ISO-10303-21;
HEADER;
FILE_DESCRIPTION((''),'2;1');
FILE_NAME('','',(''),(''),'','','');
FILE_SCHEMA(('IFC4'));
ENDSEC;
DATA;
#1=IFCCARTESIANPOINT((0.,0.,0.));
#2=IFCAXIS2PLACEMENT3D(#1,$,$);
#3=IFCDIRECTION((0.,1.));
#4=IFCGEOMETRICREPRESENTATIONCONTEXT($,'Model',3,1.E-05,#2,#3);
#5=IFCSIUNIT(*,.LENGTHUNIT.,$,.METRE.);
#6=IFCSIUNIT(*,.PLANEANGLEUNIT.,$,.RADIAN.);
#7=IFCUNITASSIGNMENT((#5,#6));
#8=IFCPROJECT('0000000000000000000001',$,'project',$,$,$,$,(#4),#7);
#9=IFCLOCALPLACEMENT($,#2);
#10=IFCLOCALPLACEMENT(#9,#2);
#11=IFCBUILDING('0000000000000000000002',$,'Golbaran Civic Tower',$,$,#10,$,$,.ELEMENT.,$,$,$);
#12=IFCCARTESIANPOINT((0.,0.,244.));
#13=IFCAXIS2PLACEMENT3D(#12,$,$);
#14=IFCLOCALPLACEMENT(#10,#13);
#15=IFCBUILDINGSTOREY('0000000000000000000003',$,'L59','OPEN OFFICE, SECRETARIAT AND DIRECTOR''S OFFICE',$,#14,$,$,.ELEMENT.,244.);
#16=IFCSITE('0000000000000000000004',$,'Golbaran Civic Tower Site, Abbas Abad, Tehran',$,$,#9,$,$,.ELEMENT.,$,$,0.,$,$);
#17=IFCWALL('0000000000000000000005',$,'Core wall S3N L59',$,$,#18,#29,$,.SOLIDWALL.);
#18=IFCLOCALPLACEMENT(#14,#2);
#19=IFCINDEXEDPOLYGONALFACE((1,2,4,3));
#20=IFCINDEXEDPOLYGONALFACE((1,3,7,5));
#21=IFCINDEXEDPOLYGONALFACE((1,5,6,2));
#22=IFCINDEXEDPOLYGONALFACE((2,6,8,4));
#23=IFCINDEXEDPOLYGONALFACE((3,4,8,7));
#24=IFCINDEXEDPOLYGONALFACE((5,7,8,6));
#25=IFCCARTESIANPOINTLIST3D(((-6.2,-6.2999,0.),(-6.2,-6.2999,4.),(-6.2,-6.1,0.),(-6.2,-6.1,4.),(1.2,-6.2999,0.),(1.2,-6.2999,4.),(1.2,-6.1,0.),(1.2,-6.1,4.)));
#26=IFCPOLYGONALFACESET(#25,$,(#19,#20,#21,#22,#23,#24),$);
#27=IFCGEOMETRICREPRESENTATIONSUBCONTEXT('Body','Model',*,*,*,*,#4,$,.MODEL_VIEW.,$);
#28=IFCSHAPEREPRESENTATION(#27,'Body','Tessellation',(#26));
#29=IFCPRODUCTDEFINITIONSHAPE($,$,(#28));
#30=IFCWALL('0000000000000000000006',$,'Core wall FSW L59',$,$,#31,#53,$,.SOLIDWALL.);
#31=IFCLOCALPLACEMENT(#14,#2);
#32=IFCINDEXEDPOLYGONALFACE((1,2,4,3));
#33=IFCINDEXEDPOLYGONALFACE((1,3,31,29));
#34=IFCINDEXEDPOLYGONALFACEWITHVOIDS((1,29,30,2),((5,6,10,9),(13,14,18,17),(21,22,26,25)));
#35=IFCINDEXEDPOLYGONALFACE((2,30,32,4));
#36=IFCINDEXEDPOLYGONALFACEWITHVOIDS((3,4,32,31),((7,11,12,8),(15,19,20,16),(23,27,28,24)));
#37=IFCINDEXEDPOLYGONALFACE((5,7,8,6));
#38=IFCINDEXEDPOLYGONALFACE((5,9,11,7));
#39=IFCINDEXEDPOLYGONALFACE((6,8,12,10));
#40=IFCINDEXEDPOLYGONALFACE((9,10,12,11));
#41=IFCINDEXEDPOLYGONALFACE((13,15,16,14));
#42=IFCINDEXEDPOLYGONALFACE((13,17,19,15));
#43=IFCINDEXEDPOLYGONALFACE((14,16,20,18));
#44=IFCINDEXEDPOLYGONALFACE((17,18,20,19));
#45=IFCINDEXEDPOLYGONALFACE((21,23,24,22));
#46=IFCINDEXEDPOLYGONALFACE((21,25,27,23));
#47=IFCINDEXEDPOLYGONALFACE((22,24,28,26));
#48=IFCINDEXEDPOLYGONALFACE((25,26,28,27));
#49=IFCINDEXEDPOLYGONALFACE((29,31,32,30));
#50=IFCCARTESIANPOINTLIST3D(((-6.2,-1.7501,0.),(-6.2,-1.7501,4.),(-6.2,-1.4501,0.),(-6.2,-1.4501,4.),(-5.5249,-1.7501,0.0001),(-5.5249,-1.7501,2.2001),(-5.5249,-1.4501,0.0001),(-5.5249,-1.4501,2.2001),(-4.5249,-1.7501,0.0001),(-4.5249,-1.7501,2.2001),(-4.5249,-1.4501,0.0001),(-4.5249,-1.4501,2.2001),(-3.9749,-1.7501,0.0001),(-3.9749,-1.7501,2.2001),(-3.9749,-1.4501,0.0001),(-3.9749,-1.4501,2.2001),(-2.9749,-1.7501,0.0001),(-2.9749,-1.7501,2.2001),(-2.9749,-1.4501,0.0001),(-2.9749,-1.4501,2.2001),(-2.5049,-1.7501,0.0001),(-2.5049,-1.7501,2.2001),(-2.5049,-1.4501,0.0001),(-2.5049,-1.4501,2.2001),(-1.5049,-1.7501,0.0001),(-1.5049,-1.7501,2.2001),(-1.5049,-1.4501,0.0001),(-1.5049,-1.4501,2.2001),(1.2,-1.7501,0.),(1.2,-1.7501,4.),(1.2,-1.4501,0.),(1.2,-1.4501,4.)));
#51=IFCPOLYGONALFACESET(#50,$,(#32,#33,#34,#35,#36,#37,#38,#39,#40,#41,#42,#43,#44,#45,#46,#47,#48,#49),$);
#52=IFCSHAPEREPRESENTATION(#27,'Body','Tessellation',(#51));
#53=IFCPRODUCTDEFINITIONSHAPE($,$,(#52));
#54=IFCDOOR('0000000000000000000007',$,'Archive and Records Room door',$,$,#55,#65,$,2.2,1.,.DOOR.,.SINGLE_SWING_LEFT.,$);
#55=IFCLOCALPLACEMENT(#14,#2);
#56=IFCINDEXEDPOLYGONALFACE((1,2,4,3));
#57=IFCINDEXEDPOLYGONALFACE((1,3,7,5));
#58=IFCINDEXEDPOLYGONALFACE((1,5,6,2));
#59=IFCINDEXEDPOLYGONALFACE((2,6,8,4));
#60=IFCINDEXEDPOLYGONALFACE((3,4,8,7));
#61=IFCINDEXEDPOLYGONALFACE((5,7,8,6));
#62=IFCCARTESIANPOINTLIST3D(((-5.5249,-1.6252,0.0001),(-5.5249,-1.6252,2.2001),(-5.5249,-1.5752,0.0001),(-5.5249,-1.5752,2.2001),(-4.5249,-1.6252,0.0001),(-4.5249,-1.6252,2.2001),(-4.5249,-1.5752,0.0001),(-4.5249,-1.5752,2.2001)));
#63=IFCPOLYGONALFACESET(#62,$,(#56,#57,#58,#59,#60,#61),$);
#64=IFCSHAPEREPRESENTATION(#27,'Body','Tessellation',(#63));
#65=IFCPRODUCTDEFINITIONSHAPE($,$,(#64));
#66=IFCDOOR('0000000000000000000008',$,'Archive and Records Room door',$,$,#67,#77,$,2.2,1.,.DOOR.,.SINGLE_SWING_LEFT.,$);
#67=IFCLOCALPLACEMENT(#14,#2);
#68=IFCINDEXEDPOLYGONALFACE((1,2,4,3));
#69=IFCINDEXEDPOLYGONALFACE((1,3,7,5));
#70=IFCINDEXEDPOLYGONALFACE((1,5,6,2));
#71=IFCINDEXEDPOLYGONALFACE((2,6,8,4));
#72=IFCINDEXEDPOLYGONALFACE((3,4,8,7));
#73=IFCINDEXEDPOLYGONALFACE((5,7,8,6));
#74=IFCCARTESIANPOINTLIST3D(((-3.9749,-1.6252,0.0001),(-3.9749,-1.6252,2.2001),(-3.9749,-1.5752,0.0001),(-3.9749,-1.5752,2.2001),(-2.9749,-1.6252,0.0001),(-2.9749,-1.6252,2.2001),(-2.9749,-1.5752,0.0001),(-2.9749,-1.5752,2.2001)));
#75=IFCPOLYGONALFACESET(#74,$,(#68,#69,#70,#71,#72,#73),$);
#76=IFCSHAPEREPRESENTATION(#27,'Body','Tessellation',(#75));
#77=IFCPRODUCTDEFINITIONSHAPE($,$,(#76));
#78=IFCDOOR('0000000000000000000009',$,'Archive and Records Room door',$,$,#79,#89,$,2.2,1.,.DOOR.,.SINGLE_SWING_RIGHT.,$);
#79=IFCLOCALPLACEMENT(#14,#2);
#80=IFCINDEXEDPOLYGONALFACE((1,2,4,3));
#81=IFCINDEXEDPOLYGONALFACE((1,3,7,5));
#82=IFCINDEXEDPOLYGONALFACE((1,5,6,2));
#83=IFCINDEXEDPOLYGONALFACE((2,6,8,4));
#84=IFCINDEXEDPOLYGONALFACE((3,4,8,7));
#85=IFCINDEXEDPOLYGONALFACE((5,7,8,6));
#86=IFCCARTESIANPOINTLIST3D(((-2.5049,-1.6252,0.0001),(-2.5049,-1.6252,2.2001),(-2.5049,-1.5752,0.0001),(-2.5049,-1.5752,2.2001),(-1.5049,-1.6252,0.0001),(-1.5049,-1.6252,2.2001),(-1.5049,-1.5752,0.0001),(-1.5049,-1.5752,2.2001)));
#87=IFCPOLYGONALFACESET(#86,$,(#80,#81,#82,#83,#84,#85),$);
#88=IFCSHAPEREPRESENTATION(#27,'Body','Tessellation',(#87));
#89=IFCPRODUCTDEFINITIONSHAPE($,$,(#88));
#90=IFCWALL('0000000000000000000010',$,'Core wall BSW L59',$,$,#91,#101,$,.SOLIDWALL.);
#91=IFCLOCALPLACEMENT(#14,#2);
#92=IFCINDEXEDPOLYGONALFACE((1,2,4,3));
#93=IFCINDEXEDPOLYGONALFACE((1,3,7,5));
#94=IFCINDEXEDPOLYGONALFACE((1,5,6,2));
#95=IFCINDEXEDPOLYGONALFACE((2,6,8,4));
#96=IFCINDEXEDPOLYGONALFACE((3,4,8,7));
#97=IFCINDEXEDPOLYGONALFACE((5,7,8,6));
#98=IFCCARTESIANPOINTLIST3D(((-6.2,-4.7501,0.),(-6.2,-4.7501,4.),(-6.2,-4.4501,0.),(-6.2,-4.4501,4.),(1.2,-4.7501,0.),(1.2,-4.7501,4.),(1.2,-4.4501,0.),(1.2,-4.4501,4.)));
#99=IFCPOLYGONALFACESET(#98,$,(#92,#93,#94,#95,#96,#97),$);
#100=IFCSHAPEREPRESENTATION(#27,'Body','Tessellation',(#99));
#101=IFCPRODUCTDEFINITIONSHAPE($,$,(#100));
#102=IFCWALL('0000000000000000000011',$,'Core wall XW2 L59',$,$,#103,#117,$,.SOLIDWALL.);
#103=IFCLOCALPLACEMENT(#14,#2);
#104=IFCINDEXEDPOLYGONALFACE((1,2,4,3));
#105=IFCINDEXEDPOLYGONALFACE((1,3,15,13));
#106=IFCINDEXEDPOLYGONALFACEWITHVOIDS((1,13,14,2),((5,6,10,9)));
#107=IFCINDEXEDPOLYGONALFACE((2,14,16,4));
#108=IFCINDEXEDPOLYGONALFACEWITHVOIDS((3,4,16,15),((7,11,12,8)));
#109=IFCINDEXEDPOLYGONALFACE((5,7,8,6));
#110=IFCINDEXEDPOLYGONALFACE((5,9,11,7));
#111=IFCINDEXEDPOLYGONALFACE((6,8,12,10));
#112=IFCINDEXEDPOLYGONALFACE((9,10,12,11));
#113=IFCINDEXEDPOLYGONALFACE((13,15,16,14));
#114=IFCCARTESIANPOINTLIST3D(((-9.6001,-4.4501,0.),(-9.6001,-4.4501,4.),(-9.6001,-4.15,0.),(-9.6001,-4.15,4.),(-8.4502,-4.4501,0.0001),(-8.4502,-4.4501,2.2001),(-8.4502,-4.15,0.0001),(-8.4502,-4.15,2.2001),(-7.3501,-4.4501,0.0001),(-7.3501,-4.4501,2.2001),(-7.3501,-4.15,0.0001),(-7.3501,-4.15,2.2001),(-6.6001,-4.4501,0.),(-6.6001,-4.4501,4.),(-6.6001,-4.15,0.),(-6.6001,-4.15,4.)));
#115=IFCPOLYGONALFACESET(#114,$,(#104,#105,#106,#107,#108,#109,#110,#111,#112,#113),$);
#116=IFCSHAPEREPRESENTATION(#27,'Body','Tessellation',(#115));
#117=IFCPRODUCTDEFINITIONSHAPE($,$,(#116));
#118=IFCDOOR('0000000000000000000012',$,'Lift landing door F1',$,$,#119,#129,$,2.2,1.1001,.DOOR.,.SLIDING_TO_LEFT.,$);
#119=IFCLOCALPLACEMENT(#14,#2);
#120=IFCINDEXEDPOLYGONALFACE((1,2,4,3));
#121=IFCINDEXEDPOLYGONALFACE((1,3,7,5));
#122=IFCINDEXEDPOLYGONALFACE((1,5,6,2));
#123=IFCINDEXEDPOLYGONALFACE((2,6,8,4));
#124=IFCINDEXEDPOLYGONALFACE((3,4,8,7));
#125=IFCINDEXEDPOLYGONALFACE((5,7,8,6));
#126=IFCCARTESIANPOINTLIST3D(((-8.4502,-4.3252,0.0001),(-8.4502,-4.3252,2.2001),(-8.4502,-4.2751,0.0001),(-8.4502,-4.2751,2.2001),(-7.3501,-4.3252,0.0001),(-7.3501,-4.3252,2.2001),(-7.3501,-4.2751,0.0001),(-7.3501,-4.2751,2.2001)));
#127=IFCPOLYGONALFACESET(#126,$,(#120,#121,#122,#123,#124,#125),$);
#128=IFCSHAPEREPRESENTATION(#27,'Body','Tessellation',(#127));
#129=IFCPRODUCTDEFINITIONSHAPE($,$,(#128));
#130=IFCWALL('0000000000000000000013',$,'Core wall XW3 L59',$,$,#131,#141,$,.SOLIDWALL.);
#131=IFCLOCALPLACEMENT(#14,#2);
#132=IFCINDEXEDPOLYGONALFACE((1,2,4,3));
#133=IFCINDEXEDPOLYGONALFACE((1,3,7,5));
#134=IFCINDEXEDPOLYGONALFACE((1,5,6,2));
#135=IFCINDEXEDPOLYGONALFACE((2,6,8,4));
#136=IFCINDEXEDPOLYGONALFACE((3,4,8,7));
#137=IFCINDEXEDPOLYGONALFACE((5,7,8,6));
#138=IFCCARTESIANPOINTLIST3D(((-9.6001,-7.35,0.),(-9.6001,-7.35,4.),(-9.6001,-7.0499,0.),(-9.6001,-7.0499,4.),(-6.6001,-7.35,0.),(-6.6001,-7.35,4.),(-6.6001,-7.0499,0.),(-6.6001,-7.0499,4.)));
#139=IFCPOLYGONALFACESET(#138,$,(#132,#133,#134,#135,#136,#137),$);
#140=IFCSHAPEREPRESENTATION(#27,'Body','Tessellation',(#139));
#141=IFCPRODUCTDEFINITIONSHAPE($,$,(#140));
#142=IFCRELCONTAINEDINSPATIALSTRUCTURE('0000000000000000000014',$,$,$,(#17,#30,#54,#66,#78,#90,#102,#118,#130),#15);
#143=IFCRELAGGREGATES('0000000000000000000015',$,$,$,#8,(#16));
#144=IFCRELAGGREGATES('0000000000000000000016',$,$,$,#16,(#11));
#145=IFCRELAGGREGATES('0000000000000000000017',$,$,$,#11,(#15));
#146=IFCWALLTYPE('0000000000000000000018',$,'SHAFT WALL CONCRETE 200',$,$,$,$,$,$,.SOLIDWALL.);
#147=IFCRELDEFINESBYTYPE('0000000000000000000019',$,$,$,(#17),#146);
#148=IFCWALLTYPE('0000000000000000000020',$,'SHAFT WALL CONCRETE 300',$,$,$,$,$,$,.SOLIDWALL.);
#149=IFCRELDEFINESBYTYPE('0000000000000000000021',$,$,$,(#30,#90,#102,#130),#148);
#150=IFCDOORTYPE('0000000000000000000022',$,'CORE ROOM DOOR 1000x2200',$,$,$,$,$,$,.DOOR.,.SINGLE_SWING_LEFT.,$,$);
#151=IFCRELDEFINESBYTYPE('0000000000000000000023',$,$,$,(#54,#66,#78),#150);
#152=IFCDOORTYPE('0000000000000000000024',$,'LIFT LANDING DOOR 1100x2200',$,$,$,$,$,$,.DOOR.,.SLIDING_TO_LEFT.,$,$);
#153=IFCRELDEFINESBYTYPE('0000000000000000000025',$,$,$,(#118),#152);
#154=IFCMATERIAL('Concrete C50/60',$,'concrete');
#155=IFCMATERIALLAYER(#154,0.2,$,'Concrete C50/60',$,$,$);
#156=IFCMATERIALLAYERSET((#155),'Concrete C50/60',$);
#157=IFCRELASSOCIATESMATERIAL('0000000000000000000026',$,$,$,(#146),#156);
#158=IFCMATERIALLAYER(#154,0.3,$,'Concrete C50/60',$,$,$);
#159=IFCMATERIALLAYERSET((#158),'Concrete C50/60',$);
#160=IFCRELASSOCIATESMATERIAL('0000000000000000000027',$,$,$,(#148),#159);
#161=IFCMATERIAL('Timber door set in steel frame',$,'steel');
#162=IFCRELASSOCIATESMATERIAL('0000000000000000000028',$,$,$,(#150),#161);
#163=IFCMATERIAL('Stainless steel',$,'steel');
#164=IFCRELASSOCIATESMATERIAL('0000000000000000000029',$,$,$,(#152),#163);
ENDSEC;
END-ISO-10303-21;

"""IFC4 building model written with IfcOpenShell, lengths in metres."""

from ifc_helpers import new_model, si_unit, direction, frame, frame_2d, origin, place, context, subcontext, project, spatial, rectangle, extrude, material, layer, layer_set, type_object, element, fill, save


model = new_model("IFC4")

# Units and contexts
model_context = context("Model", 3, precision=1e-05, world=origin(), true_north=direction((0.0, 1.0)))
body_context = subcontext(model_context, "Body", "Model", "MODEL_VIEW")
ifc_project = project(units=[si_unit("LENGTHUNIT", "METRE"), si_unit("PLANEANGLEUNIT", "RADIAN")], contexts=[model_context])

# Site, building, storey
site_placement = place(None, origin())
site = spatial("IfcSite", under=ifc_project, at=site_placement, Name="Golbaran Civic Tower Site, Abbas Abad, Tehran", CompositionType="ELEMENT", RefElevation=0.0)
building_placement = place(site_placement, origin())
building = spatial("IfcBuilding", under=site, at=building_placement, Name="Golbaran Civic Tower", CompositionType="ELEMENT")
storey_placement = place(building_placement, frame((0.0, 0.0, 244.0)))
storey = spatial("IfcBuildingStorey", under=building, at=storey_placement, Name="L59", Description="OPEN OFFICE, SECRETARIAT AND DIRECTOR'S OFFICE", CompositionType="ELEMENT", Elevation=244.0)

# Shared definitions
ifc_material_1 = material(Name="Concrete C50/60", Category="concrete")
ifc_material_2 = material(Name="Timber door set in steel frame", Category="steel")

# Wall
ifc_layer_1 = layer(ifc_material_1, 0.2, Name="Concrete C50/60")
ifc_layer_set_1 = layer_set([ifc_layer_1], Name="Concrete C50/60")
wall_type_1 = type_object("IfcWallType", Name="SHAFT WALL CONCRETE 200", PredefinedType="SOLIDWALL", material=ifc_layer_set_1)
wall_1_placement = place(storey_placement, frame((-6.2, -6.2, 0.0), z_axis=(0.0, 0.0, 1.0), x_axis=(1.0, 0.0, 0.0)))
element("IfcWall", 1, at=wall_1_placement, inside=storey, type_object=wall_type_1, Name="Core wall S3N L59", PredefinedType="SOLIDWALL", context=body_context, shape_type="SweptSolid", body=[
    extrude(rectangle(XDim=7.3999, YDim=0.2, at=frame_2d((3.7, 0.0))), origin(), (0.0, 0.0, 1.0), 4.0),
])

# Wall, openings, doors
ifc_layer_2 = layer(ifc_material_1, 0.3, Name="Concrete C50/60")
ifc_layer_set_2 = layer_set([ifc_layer_2], Name="Concrete C50/60")
wall_type_2 = type_object("IfcWallType", Name="SHAFT WALL CONCRETE 300", PredefinedType="SOLIDWALL", material=ifc_layer_set_2)
wall_2_placement = place(storey_placement, frame((-6.2, -1.6001, 0.0), z_axis=(0.0, 0.0, 1.0), x_axis=(1.0, 0.0, 0.0)))
wall_2 = element("IfcWall", 2, at=wall_2_placement, inside=storey, type_object=wall_type_2, Name="Core wall FSW L59", PredefinedType="SOLIDWALL", context=body_context, shape_type="SweptSolid", body=[
    extrude(rectangle(XDim=7.3999, YDim=0.3, at=frame_2d((3.7, 0.0))), origin(), (0.0, 0.0, 1.0), 4.0),
])
opening_1_placement = place(wall_2_placement, frame((0.675, 0.0, 0.0)))
opening_1 = element("IfcOpeningElement", 3, at=opening_1_placement, cuts=wall_2, PredefinedType="OPENING", context=body_context, shape_type="SweptSolid", body=[
    extrude(rectangle(XDim=1.0, YDim=2.2, at=frame_2d((0.5, 1.1001))), frame((0.0, 0.1599, 0.0), z_axis=(0.0, -1.0, 0.0), x_axis=(1.0, 0.0, 0.0)), (0.0, 0.0, 1.0), 0.3201),
])
opening_2_placement = place(wall_2_placement, frame((2.2251, 0.0, 0.0)))
opening_2 = element("IfcOpeningElement", 4, at=opening_2_placement, cuts=wall_2, PredefinedType="OPENING", context=body_context, shape_type="SweptSolid", body=[
    extrude(rectangle(XDim=1.0, YDim=2.2, at=frame_2d((0.5, 1.1001))), frame((0.0, 0.1599, 0.0), z_axis=(0.0, -1.0, 0.0), x_axis=(1.0, 0.0, 0.0)), (0.0, 0.0, 1.0), 0.3201),
])
opening_3_placement = place(wall_2_placement, frame((3.6951, 0.0, 0.0)))
opening_3 = element("IfcOpeningElement", 5, at=opening_3_placement, cuts=wall_2, PredefinedType="OPENING", context=body_context, shape_type="SweptSolid", body=[
    extrude(rectangle(XDim=1.0, YDim=2.2, at=frame_2d((0.5, 1.1001))), frame((0.0, 0.1599, 0.0), z_axis=(0.0, -1.0, 0.0), x_axis=(1.0, 0.0, 0.0)), (0.0, 0.0, 1.0), 0.3201),
])
door_type_1 = type_object("IfcDoorType", Name="CORE ROOM DOOR 1000x2200", OperationType="SINGLE_SWING_LEFT", PredefinedType="DOOR", material=ifc_material_2)
door_1_placement = place(opening_1_placement, origin())
door_1 = element("IfcDoor", 6, at=door_1_placement, inside=storey, type_object=door_type_1, Name="Archive and Records Room door", OperationType="SINGLE_SWING_LEFT", OverallHeight=2.2, OverallWidth=1.0, PredefinedType="DOOR", context=body_context, shape_type="SweptSolid", body=[
    extrude(rectangle(XDim=1.0, YDim=2.2, at=frame_2d((0.5, 1.1001))), frame((0.0, 0.0249, 0.0), z_axis=(0.0, -1.0, 0.0), x_axis=(1.0, 0.0, 0.0)), (0.0, 0.0, 1.0), 0.05),
])
fill(opening_1, door_1)
door_2_placement = place(opening_2_placement, origin())
door_2 = element("IfcDoor", 7, at=door_2_placement, inside=storey, type_object=door_type_1, Name="Archive and Records Room door", OperationType="SINGLE_SWING_LEFT", OverallHeight=2.2, OverallWidth=1.0, PredefinedType="DOOR", context=body_context, shape_type="SweptSolid", body=[
    extrude(rectangle(XDim=1.0, YDim=2.2, at=frame_2d((0.5, 1.1001))), frame((0.0, 0.0249, 0.0), z_axis=(0.0, -1.0, 0.0), x_axis=(1.0, 0.0, 0.0)), (0.0, 0.0, 1.0), 0.05),
])
fill(opening_2, door_2)
door_3_placement = place(opening_3_placement, origin())
door_3 = element("IfcDoor", 8, at=door_3_placement, inside=storey, type_object=door_type_1, Name="Archive and Records Room door", OperationType="SINGLE_SWING_RIGHT", OverallHeight=2.2, OverallWidth=1.0, PredefinedType="DOOR", context=body_context, shape_type="SweptSolid", body=[
    extrude(rectangle(XDim=1.0, YDim=2.2, at=frame_2d((0.5, 1.1001))), frame((0.0, 0.0249, 0.0), z_axis=(0.0, -1.0, 0.0), x_axis=(1.0, 0.0, 0.0)), (0.0, 0.0, 1.0), 0.05),
])
fill(opening_3, door_3)

# Wall
wall_3_placement = place(storey_placement, frame((-6.2, -4.6001, 0.0), z_axis=(0.0, 0.0, 1.0), x_axis=(1.0, 0.0, 0.0)))
element("IfcWall", 9, at=wall_3_placement, inside=storey, type_object=wall_type_2, Name="Core wall BSW L59", PredefinedType="SOLIDWALL", context=body_context, shape_type="SweptSolid", body=[
    extrude(rectangle(XDim=7.3999, YDim=0.3, at=frame_2d((3.7, 0.0))), origin(), (0.0, 0.0, 1.0), 4.0),
])

# Wall, opening, door
wall_4_placement = place(storey_placement, frame((-9.6001, -4.3, 0.0), z_axis=(0.0, 0.0, 1.0), x_axis=(1.0, 0.0, 0.0)))
wall_4 = element("IfcWall", 10, at=wall_4_placement, inside=storey, type_object=wall_type_2, Name="Core wall XW2 L59", PredefinedType="SOLIDWALL", context=body_context, shape_type="SweptSolid", body=[
    extrude(rectangle(XDim=3.0, YDim=0.3, at=frame_2d((1.5, 0.0))), origin(), (0.0, 0.0, 1.0), 4.0),
])
opening_4_placement = place(wall_4_placement, frame((1.1499, 0.0, 0.0)))
opening_4 = element("IfcOpeningElement", 11, at=opening_4_placement, cuts=wall_4, PredefinedType="OPENING", context=body_context, shape_type="SweptSolid", body=[
    extrude(rectangle(XDim=1.1001, YDim=2.2, at=frame_2d((0.55, 1.1001))), frame((0.0, 0.1599, 0.0), z_axis=(0.0, -1.0, 0.0), x_axis=(1.0, 0.0, 0.0)), (0.0, 0.0, 1.0), 0.3201),
])
ifc_material_3 = material(Name="Stainless steel", Category="steel")
door_type_2 = type_object("IfcDoorType", Name="LIFT LANDING DOOR 1100x2200", OperationType="SLIDING_TO_LEFT", PredefinedType="DOOR", material=ifc_material_3)
door_4_placement = place(opening_4_placement, origin())
door_4 = element("IfcDoor", 12, at=door_4_placement, inside=storey, type_object=door_type_2, Name="Lift landing door F1", OperationType="SLIDING_TO_LEFT", OverallHeight=2.2, OverallWidth=1.1001, PredefinedType="DOOR", context=body_context, shape_type="SweptSolid", body=[
    extrude(rectangle(XDim=1.1001, YDim=2.2, at=frame_2d((0.55, 1.1001))), frame((0.0, 0.0249, 0.0), z_axis=(0.0, -1.0, 0.0), x_axis=(1.0, 0.0, 0.0)), (0.0, 0.0, 1.0), 0.05),
])
fill(opening_4, door_4)

# Wall
wall_5_placement = place(storey_placement, frame((-9.6001, -7.2, 0.0), z_axis=(0.0, 0.0, 1.0), x_axis=(1.0, 0.0, 0.0)))
element("IfcWall", 13, at=wall_5_placement, inside=storey, type_object=wall_type_2, Name="Core wall XW3 L59", PredefinedType="SOLIDWALL", context=body_context, shape_type="SweptSolid", body=[
    extrude(rectangle(XDim=3.0, YDim=0.3, at=frame_2d((1.5, 0.0))), origin(), (0.0, 0.0, 1.0), 4.0),
])

save(model, "model.ifc")
